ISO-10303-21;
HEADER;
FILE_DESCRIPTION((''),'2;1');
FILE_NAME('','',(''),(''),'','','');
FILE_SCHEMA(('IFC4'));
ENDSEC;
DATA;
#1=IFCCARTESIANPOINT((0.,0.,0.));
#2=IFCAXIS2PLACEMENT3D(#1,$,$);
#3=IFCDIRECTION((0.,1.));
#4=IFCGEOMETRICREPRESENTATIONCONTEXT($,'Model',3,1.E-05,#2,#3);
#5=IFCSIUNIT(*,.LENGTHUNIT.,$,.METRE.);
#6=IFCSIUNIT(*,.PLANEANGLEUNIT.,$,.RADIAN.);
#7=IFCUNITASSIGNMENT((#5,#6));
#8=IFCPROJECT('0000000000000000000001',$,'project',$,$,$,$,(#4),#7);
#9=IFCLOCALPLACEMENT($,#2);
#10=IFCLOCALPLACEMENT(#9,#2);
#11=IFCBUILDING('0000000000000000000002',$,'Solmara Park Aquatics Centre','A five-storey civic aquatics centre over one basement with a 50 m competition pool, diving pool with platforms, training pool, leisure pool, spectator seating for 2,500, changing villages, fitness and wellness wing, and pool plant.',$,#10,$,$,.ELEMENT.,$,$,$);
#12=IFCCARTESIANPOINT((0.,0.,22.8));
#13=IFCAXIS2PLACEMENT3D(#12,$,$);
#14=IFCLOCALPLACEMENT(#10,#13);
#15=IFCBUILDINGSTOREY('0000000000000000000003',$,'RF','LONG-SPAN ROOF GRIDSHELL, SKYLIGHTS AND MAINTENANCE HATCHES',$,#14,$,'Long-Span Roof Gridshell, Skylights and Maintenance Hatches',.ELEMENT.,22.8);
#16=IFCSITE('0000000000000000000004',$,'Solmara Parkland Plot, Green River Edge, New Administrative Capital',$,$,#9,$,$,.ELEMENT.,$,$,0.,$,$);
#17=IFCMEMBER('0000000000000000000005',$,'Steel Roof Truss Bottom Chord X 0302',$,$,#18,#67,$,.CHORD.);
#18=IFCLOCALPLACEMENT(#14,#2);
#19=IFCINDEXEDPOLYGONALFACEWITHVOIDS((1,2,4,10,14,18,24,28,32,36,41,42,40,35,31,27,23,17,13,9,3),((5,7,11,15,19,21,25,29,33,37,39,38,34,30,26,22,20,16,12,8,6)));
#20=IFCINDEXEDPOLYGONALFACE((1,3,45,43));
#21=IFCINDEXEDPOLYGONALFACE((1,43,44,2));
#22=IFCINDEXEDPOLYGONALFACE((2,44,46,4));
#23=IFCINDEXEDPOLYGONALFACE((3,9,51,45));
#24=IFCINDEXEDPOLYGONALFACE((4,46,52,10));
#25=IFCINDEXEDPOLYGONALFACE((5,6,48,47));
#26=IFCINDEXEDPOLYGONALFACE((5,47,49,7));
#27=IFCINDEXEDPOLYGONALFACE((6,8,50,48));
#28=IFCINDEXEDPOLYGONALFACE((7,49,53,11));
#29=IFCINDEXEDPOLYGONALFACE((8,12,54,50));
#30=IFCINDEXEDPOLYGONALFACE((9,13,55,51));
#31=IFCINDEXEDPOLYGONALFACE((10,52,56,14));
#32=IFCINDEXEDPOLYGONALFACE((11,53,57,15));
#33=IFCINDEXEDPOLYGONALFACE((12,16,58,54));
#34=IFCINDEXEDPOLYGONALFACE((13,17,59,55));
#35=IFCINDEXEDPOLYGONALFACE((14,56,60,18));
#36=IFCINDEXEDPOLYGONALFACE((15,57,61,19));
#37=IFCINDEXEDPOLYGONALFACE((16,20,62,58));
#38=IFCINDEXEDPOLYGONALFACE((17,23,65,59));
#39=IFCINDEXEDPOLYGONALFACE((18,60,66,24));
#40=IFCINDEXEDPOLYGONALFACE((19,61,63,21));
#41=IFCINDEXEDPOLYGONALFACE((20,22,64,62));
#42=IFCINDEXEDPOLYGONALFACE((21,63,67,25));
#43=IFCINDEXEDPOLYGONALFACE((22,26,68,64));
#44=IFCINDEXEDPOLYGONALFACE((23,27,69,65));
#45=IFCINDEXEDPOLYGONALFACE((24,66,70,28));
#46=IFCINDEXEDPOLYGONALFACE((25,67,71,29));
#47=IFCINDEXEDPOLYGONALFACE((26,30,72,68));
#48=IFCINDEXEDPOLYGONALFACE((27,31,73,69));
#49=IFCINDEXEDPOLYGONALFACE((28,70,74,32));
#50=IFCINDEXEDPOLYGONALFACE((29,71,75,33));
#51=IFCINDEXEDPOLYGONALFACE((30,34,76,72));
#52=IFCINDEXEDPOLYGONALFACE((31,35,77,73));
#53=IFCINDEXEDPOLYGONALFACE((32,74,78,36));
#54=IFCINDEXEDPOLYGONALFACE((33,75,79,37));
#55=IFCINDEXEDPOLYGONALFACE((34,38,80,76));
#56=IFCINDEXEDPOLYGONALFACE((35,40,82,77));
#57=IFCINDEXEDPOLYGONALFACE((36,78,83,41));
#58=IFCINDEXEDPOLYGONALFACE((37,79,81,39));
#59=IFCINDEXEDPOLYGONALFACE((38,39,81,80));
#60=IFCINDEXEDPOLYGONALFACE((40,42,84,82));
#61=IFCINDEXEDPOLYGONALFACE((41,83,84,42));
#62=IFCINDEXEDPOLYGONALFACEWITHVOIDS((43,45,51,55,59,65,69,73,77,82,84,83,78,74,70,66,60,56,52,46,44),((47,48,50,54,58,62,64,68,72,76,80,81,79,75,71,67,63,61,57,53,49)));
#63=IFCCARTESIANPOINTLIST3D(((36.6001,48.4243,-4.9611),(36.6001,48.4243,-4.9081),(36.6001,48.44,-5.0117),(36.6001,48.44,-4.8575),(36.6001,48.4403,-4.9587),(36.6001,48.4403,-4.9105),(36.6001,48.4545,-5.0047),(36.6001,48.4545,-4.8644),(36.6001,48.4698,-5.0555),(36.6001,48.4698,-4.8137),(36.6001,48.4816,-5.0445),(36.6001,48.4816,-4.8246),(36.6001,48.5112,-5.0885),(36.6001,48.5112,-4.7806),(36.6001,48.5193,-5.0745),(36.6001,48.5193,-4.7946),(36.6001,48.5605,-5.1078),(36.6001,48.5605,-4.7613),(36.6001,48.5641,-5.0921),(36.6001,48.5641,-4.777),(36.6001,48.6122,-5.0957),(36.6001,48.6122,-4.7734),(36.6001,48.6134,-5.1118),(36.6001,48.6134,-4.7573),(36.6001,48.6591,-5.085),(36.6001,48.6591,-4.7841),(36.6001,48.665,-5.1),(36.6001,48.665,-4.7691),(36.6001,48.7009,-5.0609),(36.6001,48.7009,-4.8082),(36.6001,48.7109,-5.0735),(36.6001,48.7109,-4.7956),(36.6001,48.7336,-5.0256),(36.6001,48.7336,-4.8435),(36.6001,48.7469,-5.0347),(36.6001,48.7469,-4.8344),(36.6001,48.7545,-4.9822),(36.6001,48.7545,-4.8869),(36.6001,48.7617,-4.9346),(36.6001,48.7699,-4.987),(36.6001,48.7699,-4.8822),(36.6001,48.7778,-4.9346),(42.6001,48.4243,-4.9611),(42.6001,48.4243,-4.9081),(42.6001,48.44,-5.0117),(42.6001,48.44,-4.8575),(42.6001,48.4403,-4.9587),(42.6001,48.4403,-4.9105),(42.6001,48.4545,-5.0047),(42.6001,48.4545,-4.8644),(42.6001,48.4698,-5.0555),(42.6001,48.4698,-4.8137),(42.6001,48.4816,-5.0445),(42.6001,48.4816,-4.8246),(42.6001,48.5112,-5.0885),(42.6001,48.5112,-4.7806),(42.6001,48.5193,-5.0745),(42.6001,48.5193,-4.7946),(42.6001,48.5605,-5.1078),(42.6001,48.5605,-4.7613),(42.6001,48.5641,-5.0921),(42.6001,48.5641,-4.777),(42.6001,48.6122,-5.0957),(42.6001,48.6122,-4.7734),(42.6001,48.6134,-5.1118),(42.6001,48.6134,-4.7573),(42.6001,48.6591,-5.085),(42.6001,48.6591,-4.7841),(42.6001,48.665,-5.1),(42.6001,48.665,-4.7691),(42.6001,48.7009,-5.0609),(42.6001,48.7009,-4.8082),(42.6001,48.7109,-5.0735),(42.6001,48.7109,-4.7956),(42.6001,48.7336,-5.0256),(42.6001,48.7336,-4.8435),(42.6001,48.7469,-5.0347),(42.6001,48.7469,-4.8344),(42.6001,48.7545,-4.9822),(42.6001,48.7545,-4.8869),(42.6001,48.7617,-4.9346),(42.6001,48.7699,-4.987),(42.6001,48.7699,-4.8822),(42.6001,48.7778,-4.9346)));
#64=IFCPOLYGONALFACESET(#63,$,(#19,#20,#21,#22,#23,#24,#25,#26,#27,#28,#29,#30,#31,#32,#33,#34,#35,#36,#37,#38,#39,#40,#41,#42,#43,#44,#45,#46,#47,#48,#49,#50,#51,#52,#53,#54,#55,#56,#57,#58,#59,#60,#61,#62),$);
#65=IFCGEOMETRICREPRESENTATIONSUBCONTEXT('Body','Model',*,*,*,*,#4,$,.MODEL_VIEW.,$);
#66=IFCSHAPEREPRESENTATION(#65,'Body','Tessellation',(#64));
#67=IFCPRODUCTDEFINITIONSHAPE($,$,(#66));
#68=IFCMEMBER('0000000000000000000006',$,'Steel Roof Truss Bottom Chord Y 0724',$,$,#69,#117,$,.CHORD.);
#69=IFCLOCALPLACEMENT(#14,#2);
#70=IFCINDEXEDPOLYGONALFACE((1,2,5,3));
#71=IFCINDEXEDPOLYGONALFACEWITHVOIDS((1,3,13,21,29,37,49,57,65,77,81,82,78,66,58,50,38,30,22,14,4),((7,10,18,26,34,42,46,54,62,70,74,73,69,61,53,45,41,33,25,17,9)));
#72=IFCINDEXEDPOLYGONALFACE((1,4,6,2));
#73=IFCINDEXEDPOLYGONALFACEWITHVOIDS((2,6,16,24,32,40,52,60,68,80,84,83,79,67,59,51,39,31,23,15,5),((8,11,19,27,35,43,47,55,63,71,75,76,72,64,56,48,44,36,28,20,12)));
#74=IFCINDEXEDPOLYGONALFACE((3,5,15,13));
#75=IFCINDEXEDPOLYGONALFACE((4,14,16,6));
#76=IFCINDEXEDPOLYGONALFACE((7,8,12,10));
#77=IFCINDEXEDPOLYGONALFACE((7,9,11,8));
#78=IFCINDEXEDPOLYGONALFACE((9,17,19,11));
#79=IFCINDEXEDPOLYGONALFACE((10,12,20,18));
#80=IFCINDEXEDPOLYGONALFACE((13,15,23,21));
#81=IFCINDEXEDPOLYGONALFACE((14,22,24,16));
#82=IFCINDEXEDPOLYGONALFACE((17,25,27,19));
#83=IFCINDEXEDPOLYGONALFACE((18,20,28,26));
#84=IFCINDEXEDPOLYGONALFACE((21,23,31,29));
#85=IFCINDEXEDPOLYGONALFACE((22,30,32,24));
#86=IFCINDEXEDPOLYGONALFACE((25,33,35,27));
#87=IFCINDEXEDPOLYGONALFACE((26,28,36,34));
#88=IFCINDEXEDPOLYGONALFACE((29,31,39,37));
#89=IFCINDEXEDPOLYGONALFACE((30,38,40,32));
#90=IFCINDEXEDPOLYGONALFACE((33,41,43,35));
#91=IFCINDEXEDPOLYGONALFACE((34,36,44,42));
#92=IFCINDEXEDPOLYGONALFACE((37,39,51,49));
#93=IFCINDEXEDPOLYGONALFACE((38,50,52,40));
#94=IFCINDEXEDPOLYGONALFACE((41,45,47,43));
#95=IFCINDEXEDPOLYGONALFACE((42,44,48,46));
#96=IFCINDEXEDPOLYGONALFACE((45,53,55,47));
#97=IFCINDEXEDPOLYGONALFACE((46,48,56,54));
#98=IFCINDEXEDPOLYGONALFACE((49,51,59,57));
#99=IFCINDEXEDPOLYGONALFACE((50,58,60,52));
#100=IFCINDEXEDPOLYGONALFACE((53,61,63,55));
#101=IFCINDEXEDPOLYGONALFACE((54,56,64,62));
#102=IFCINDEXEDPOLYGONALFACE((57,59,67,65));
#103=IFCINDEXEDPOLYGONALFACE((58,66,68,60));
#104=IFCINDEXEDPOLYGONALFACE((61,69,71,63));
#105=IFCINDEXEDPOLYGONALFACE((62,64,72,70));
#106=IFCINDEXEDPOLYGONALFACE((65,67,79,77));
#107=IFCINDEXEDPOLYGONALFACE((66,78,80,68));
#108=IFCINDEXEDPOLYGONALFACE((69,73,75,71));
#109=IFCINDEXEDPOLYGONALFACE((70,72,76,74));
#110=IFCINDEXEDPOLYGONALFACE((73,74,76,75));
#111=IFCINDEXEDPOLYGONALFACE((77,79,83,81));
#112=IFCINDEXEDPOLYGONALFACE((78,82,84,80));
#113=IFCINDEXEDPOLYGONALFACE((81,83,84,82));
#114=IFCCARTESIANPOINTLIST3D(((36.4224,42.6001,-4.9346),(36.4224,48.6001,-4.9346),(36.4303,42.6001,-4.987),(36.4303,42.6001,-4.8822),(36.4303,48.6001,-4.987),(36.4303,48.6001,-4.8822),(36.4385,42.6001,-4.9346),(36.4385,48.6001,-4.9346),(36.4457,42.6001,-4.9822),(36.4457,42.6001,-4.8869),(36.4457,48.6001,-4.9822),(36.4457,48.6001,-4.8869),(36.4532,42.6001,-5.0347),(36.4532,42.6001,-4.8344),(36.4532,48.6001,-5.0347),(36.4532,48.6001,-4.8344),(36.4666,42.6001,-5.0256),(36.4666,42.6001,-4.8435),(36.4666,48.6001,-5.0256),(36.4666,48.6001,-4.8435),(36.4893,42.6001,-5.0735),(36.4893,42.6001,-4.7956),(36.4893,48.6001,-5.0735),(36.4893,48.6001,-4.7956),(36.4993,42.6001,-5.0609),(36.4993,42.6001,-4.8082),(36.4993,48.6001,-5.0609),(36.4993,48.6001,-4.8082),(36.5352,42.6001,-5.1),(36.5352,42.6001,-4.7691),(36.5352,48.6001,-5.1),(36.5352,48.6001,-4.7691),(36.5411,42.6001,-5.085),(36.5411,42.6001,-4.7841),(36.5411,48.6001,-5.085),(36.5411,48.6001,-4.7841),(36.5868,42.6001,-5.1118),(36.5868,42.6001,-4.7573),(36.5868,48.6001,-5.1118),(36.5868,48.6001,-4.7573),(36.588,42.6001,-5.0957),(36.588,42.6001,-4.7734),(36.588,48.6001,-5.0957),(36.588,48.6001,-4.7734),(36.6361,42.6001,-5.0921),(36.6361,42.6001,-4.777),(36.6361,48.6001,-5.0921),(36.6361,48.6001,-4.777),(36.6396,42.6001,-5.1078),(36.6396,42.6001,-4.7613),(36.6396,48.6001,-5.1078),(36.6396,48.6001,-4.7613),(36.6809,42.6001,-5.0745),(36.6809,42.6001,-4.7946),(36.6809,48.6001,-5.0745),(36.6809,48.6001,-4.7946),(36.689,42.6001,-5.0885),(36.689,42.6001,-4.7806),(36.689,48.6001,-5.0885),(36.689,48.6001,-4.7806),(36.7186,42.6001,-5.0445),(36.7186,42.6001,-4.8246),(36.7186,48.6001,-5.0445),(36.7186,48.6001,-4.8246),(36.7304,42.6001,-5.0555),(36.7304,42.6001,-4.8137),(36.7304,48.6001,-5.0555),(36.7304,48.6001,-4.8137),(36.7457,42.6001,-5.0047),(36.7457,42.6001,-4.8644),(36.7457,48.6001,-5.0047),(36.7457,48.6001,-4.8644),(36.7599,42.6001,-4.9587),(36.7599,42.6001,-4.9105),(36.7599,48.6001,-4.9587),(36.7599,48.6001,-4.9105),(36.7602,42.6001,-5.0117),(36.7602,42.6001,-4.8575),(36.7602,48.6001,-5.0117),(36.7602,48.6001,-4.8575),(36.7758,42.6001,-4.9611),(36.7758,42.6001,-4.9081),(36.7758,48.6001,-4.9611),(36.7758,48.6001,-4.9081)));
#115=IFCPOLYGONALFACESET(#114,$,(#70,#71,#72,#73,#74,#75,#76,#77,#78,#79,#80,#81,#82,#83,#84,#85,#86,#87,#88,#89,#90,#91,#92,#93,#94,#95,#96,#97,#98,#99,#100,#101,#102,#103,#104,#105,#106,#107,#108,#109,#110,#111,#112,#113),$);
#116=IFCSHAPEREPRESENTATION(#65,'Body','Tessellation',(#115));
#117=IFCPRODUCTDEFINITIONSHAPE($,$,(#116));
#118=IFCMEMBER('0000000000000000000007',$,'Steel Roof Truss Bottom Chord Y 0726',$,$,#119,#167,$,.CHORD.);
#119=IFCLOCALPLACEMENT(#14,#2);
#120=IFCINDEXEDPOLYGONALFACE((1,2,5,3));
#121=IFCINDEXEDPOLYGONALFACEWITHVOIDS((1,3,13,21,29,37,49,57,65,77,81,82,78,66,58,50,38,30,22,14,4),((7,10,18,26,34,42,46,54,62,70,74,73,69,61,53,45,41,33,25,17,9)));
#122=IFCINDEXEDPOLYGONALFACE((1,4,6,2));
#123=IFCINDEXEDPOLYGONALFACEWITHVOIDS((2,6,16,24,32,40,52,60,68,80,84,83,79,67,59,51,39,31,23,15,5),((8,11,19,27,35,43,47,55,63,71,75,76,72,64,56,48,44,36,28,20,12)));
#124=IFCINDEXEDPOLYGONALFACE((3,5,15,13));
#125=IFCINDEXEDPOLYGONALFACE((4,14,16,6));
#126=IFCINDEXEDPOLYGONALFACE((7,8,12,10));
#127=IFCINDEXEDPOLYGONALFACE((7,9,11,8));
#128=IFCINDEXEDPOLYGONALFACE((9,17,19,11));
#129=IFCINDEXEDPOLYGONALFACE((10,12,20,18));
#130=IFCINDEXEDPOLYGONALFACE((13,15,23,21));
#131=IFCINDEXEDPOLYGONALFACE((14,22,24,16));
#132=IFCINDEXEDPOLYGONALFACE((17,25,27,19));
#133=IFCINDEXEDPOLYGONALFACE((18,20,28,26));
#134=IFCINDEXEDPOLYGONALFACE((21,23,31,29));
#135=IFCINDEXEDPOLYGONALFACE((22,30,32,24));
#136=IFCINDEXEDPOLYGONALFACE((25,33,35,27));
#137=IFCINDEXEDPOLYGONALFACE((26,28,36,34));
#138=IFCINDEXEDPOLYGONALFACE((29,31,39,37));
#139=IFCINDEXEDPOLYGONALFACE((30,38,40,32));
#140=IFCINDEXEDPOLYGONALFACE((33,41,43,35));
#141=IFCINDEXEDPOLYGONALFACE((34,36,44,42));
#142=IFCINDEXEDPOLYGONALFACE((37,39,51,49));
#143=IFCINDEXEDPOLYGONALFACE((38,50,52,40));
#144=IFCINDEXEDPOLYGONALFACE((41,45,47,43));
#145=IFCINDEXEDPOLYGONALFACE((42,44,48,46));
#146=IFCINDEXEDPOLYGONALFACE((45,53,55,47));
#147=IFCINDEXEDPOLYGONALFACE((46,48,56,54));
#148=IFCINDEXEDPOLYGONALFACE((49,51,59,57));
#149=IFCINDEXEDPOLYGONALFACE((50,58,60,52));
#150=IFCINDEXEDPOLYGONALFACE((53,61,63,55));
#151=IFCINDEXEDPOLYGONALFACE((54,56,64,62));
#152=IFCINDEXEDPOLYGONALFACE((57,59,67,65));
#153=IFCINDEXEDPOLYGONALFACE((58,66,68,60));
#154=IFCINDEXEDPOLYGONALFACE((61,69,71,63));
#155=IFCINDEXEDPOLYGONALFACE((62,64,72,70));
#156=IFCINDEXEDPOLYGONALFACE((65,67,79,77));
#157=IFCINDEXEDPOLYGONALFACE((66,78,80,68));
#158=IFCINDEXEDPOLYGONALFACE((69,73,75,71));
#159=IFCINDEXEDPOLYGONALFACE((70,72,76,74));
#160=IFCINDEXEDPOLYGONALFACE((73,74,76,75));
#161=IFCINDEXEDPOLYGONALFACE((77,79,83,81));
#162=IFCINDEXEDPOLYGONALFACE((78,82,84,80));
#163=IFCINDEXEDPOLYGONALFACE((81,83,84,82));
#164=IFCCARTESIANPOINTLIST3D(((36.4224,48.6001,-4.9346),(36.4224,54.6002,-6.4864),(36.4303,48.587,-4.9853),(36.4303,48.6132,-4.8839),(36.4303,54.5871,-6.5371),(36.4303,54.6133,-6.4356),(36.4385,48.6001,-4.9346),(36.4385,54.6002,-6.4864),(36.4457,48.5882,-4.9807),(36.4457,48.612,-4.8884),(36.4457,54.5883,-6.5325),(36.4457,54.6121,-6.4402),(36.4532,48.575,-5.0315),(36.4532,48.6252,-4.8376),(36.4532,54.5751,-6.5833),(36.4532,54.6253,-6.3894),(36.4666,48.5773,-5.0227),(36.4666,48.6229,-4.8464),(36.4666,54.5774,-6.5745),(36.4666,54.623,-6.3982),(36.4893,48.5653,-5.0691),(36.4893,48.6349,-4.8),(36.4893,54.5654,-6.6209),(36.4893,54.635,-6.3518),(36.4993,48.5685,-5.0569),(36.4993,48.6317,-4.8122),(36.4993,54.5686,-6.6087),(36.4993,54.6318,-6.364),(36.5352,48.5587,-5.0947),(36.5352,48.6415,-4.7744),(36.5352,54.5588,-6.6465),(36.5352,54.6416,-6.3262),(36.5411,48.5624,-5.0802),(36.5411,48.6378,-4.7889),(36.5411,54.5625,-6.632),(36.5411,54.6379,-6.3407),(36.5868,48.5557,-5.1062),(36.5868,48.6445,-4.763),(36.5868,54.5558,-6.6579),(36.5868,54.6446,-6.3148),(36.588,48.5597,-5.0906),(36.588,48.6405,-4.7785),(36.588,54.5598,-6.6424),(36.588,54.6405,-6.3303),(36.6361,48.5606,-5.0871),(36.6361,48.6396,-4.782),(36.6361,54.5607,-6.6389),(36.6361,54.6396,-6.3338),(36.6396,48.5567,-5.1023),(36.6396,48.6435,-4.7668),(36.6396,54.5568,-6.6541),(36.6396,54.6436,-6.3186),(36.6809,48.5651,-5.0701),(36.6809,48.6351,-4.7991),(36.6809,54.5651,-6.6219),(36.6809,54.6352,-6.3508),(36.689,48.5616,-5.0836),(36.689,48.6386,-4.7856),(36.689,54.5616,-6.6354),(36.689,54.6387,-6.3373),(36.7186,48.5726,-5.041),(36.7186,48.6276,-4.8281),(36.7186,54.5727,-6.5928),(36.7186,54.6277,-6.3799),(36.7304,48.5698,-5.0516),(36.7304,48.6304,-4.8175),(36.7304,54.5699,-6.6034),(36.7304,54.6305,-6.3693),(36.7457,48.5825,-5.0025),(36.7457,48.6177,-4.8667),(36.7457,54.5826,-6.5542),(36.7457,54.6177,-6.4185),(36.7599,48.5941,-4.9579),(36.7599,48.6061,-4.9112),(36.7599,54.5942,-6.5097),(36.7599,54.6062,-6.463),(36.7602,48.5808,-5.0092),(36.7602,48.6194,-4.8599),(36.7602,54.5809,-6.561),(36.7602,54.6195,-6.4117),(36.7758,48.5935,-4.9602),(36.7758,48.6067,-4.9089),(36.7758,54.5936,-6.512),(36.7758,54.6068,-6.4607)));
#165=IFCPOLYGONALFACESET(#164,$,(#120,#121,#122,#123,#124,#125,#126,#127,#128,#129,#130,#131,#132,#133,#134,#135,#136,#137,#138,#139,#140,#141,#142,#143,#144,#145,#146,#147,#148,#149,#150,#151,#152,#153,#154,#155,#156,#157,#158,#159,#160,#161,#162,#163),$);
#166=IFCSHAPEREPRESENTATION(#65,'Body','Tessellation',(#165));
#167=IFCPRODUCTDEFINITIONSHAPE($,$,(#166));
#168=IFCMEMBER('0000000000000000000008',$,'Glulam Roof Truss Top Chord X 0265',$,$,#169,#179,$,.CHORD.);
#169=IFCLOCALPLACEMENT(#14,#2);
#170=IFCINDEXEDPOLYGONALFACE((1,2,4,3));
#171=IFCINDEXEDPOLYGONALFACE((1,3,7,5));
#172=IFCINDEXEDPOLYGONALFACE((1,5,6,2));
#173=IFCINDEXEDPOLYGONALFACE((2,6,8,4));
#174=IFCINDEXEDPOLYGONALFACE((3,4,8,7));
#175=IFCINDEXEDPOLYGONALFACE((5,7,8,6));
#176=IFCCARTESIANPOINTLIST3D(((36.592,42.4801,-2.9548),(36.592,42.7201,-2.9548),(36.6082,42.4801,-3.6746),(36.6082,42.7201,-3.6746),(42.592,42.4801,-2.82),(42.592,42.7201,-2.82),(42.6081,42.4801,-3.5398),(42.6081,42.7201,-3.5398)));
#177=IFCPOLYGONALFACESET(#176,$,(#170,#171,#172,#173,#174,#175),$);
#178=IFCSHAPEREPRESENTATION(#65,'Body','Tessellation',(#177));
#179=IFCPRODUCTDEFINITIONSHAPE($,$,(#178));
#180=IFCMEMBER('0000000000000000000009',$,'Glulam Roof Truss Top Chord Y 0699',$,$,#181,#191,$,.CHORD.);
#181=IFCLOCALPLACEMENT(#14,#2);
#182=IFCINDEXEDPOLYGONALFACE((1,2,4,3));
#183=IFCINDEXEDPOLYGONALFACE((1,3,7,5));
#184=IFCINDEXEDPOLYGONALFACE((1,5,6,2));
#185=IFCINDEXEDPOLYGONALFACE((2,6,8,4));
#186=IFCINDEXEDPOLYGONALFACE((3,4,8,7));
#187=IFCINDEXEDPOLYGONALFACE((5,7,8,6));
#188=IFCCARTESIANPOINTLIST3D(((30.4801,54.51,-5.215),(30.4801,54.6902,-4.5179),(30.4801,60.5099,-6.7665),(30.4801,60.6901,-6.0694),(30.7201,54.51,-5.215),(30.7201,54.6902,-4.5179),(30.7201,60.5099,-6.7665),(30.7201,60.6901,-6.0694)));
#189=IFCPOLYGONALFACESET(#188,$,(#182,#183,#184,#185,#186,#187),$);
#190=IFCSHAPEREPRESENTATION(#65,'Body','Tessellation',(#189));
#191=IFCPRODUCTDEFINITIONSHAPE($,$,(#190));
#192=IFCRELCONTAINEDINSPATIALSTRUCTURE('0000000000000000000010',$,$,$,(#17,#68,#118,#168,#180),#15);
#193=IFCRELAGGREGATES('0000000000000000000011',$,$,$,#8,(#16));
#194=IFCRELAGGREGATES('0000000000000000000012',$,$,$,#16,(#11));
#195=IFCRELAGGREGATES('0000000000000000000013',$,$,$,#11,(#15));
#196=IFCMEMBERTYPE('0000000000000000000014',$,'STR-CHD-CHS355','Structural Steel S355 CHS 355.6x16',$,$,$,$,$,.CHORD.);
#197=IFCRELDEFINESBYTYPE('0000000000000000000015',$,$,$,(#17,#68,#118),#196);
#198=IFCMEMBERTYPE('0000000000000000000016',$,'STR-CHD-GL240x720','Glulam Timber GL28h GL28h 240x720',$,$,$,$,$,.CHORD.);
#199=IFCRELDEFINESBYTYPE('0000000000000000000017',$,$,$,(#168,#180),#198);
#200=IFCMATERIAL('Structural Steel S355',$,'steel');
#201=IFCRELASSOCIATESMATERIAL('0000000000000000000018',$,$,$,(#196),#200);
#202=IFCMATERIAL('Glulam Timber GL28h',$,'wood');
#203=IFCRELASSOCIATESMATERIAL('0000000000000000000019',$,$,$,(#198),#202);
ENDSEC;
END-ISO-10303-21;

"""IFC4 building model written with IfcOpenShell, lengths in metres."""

from ifc_helpers import new_model, si_unit, direction, frame, origin, origin_2d, place, context, subcontext, project, spatial, rectangle, hollow_circle, extrude, material, material_profile, profile_set, type_object, element, save


model = new_model("IFC4")

# Units and contexts
model_context = context("Model", 3, precision=1e-05, world=origin(), true_north=direction((0.0, 1.0)))
body_context = subcontext(model_context, "Body", "Model", "MODEL_VIEW")
ifc_project = project(units=[si_unit("LENGTHUNIT", "METRE"), si_unit("PLANEANGLEUNIT", "RADIAN")], contexts=[model_context])

# Site, building, storey
site_placement = place(None, origin())
site = spatial("IfcSite", under=ifc_project, at=site_placement, Name="Solmara Parkland Plot, Green River Edge, New Administrative Capital", CompositionType="ELEMENT", RefElevation=0.0)
building_placement = place(site_placement, origin())
building = spatial("IfcBuilding", under=site, at=building_placement, Name="Solmara Park Aquatics Centre", Description="A five-storey civic aquatics centre over one basement with a 50 m competition pool, diving pool with platforms, training pool, leisure pool, spectator seating for 2,500, changing villages, fitness and wellness wing, and pool plant.", CompositionType="ELEMENT")
storey_placement = place(building_placement, frame((0.0, 0.0, 22.8)))
storey = spatial("IfcBuildingStorey", under=building, at=storey_placement, Name="RF", Description="LONG-SPAN ROOF GRIDSHELL, SKYLIGHTS AND MAINTENANCE HATCHES", LongName="Long-Span Roof Gridshell, Skylights and Maintenance Hatches", CompositionType="ELEMENT", Elevation=22.8)

# Members
ifc_material_1 = material(Name="Structural Steel S355", Category="steel")
ifc_material_profile_1 = material_profile(ifc_material_1, hollow_circle(Radius=0.1777, WallThickness=0.0161, at=origin_2d()), Name="CHS 355.6x16")
ifc_profile_set_1 = profile_set([ifc_material_profile_1], Name="Structural Steel S355")
member_type_1 = type_object("IfcMemberType", Name="STR-CHD-CHS355", Description="Structural Steel S355 CHS 355.6x16", PredefinedType="CHORD", material=ifc_profile_set_1)
for number, where, z_axis, x_axis, name in (
    (1, (36.6001, 48.6001, -4.9346), (1.0, 0.0, 0.0), (0.0, 1.0, 0.0), "Steel Roof Truss Bottom Chord X 0302"),
    (2, (36.6001, 42.6001, -4.9346), (0.0, 1.0, 0.0), (-1.0, 0.0, 0.0), "Steel Roof Truss Bottom Chord Y 0724"),
):
    element("IfcMember", number, at=place(storey_placement, frame(where, z_axis=z_axis, x_axis=x_axis)), inside=storey, type_object=member_type_1, Name=name, PredefinedType="CHORD", context=body_context, shape_type="SweptSolid", body=[
        extrude(hollow_circle(Radius=0.1777, WallThickness=0.0161, at=origin_2d()), origin(), (0.0, 0.0, 1.0), 6.0),
    ])
member_1_placement = place(storey_placement, frame((36.6001, 48.6001, -4.9346), z_axis=(0.0, 0.968146, -0.250388), x_axis=(-1.0, 0.0, 0.0)))
element("IfcMember", 3, at=member_1_placement, inside=storey, type_object=member_type_1, Name="Steel Roof Truss Bottom Chord Y 0726", PredefinedType="CHORD", context=body_context, shape_type="SweptSolid", body=[
    extrude(hollow_circle(Radius=0.1777, WallThickness=0.0161, at=origin_2d()), origin(), (0.0, 0.0, 1.0), 6.1975),
])
ifc_material_2 = material(Name="Glulam Timber GL28h", Category="wood")
ifc_material_profile_2 = material_profile(ifc_material_2, rectangle(XDim=0.24, YDim=0.72, at=origin_2d()), Name="GL28h 240x720")
ifc_profile_set_2 = profile_set([ifc_material_profile_2], Name="Glulam Timber GL28h")
member_type_2 = type_object("IfcMemberType", Name="STR-CHD-GL240x720", Description="Glulam Timber GL28h GL28h 240x720", PredefinedType="CHORD", material=ifc_profile_set_2)
member_2_placement = place(storey_placement, frame((36.6001, 42.6001, -3.3147), z_axis=(0.999748, 0.0, 0.022455), x_axis=(0.0, 1.0, 0.0)))
element("IfcMember", 4, at=member_2_placement, inside=storey, type_object=member_type_2, Name="Glulam Roof Truss Top Chord X 0265", PredefinedType="CHORD", context=body_context, shape_type="SweptSolid", body=[
    extrude(rectangle(XDim=0.24, YDim=0.72, at=origin_2d()), origin(), (0.0, 0.0, 1.0), 6.0015),
])
member_3_placement = place(storey_placement, frame((30.6001, 54.6001, -4.8665), z_axis=(0.0, 0.968155, -0.250351), x_axis=(-1.0, 0.0, 0.0)))
element("IfcMember", 5, at=member_3_placement, inside=storey, type_object=member_type_2, Name="Glulam Roof Truss Top Chord Y 0699", PredefinedType="CHORD", context=body_context, shape_type="SweptSolid", body=[
    extrude(rectangle(XDim=0.24, YDim=0.72, at=origin_2d()), origin(), (0.0, 0.0, 1.0), 6.1973),
])

save(model, "model.ifc")
